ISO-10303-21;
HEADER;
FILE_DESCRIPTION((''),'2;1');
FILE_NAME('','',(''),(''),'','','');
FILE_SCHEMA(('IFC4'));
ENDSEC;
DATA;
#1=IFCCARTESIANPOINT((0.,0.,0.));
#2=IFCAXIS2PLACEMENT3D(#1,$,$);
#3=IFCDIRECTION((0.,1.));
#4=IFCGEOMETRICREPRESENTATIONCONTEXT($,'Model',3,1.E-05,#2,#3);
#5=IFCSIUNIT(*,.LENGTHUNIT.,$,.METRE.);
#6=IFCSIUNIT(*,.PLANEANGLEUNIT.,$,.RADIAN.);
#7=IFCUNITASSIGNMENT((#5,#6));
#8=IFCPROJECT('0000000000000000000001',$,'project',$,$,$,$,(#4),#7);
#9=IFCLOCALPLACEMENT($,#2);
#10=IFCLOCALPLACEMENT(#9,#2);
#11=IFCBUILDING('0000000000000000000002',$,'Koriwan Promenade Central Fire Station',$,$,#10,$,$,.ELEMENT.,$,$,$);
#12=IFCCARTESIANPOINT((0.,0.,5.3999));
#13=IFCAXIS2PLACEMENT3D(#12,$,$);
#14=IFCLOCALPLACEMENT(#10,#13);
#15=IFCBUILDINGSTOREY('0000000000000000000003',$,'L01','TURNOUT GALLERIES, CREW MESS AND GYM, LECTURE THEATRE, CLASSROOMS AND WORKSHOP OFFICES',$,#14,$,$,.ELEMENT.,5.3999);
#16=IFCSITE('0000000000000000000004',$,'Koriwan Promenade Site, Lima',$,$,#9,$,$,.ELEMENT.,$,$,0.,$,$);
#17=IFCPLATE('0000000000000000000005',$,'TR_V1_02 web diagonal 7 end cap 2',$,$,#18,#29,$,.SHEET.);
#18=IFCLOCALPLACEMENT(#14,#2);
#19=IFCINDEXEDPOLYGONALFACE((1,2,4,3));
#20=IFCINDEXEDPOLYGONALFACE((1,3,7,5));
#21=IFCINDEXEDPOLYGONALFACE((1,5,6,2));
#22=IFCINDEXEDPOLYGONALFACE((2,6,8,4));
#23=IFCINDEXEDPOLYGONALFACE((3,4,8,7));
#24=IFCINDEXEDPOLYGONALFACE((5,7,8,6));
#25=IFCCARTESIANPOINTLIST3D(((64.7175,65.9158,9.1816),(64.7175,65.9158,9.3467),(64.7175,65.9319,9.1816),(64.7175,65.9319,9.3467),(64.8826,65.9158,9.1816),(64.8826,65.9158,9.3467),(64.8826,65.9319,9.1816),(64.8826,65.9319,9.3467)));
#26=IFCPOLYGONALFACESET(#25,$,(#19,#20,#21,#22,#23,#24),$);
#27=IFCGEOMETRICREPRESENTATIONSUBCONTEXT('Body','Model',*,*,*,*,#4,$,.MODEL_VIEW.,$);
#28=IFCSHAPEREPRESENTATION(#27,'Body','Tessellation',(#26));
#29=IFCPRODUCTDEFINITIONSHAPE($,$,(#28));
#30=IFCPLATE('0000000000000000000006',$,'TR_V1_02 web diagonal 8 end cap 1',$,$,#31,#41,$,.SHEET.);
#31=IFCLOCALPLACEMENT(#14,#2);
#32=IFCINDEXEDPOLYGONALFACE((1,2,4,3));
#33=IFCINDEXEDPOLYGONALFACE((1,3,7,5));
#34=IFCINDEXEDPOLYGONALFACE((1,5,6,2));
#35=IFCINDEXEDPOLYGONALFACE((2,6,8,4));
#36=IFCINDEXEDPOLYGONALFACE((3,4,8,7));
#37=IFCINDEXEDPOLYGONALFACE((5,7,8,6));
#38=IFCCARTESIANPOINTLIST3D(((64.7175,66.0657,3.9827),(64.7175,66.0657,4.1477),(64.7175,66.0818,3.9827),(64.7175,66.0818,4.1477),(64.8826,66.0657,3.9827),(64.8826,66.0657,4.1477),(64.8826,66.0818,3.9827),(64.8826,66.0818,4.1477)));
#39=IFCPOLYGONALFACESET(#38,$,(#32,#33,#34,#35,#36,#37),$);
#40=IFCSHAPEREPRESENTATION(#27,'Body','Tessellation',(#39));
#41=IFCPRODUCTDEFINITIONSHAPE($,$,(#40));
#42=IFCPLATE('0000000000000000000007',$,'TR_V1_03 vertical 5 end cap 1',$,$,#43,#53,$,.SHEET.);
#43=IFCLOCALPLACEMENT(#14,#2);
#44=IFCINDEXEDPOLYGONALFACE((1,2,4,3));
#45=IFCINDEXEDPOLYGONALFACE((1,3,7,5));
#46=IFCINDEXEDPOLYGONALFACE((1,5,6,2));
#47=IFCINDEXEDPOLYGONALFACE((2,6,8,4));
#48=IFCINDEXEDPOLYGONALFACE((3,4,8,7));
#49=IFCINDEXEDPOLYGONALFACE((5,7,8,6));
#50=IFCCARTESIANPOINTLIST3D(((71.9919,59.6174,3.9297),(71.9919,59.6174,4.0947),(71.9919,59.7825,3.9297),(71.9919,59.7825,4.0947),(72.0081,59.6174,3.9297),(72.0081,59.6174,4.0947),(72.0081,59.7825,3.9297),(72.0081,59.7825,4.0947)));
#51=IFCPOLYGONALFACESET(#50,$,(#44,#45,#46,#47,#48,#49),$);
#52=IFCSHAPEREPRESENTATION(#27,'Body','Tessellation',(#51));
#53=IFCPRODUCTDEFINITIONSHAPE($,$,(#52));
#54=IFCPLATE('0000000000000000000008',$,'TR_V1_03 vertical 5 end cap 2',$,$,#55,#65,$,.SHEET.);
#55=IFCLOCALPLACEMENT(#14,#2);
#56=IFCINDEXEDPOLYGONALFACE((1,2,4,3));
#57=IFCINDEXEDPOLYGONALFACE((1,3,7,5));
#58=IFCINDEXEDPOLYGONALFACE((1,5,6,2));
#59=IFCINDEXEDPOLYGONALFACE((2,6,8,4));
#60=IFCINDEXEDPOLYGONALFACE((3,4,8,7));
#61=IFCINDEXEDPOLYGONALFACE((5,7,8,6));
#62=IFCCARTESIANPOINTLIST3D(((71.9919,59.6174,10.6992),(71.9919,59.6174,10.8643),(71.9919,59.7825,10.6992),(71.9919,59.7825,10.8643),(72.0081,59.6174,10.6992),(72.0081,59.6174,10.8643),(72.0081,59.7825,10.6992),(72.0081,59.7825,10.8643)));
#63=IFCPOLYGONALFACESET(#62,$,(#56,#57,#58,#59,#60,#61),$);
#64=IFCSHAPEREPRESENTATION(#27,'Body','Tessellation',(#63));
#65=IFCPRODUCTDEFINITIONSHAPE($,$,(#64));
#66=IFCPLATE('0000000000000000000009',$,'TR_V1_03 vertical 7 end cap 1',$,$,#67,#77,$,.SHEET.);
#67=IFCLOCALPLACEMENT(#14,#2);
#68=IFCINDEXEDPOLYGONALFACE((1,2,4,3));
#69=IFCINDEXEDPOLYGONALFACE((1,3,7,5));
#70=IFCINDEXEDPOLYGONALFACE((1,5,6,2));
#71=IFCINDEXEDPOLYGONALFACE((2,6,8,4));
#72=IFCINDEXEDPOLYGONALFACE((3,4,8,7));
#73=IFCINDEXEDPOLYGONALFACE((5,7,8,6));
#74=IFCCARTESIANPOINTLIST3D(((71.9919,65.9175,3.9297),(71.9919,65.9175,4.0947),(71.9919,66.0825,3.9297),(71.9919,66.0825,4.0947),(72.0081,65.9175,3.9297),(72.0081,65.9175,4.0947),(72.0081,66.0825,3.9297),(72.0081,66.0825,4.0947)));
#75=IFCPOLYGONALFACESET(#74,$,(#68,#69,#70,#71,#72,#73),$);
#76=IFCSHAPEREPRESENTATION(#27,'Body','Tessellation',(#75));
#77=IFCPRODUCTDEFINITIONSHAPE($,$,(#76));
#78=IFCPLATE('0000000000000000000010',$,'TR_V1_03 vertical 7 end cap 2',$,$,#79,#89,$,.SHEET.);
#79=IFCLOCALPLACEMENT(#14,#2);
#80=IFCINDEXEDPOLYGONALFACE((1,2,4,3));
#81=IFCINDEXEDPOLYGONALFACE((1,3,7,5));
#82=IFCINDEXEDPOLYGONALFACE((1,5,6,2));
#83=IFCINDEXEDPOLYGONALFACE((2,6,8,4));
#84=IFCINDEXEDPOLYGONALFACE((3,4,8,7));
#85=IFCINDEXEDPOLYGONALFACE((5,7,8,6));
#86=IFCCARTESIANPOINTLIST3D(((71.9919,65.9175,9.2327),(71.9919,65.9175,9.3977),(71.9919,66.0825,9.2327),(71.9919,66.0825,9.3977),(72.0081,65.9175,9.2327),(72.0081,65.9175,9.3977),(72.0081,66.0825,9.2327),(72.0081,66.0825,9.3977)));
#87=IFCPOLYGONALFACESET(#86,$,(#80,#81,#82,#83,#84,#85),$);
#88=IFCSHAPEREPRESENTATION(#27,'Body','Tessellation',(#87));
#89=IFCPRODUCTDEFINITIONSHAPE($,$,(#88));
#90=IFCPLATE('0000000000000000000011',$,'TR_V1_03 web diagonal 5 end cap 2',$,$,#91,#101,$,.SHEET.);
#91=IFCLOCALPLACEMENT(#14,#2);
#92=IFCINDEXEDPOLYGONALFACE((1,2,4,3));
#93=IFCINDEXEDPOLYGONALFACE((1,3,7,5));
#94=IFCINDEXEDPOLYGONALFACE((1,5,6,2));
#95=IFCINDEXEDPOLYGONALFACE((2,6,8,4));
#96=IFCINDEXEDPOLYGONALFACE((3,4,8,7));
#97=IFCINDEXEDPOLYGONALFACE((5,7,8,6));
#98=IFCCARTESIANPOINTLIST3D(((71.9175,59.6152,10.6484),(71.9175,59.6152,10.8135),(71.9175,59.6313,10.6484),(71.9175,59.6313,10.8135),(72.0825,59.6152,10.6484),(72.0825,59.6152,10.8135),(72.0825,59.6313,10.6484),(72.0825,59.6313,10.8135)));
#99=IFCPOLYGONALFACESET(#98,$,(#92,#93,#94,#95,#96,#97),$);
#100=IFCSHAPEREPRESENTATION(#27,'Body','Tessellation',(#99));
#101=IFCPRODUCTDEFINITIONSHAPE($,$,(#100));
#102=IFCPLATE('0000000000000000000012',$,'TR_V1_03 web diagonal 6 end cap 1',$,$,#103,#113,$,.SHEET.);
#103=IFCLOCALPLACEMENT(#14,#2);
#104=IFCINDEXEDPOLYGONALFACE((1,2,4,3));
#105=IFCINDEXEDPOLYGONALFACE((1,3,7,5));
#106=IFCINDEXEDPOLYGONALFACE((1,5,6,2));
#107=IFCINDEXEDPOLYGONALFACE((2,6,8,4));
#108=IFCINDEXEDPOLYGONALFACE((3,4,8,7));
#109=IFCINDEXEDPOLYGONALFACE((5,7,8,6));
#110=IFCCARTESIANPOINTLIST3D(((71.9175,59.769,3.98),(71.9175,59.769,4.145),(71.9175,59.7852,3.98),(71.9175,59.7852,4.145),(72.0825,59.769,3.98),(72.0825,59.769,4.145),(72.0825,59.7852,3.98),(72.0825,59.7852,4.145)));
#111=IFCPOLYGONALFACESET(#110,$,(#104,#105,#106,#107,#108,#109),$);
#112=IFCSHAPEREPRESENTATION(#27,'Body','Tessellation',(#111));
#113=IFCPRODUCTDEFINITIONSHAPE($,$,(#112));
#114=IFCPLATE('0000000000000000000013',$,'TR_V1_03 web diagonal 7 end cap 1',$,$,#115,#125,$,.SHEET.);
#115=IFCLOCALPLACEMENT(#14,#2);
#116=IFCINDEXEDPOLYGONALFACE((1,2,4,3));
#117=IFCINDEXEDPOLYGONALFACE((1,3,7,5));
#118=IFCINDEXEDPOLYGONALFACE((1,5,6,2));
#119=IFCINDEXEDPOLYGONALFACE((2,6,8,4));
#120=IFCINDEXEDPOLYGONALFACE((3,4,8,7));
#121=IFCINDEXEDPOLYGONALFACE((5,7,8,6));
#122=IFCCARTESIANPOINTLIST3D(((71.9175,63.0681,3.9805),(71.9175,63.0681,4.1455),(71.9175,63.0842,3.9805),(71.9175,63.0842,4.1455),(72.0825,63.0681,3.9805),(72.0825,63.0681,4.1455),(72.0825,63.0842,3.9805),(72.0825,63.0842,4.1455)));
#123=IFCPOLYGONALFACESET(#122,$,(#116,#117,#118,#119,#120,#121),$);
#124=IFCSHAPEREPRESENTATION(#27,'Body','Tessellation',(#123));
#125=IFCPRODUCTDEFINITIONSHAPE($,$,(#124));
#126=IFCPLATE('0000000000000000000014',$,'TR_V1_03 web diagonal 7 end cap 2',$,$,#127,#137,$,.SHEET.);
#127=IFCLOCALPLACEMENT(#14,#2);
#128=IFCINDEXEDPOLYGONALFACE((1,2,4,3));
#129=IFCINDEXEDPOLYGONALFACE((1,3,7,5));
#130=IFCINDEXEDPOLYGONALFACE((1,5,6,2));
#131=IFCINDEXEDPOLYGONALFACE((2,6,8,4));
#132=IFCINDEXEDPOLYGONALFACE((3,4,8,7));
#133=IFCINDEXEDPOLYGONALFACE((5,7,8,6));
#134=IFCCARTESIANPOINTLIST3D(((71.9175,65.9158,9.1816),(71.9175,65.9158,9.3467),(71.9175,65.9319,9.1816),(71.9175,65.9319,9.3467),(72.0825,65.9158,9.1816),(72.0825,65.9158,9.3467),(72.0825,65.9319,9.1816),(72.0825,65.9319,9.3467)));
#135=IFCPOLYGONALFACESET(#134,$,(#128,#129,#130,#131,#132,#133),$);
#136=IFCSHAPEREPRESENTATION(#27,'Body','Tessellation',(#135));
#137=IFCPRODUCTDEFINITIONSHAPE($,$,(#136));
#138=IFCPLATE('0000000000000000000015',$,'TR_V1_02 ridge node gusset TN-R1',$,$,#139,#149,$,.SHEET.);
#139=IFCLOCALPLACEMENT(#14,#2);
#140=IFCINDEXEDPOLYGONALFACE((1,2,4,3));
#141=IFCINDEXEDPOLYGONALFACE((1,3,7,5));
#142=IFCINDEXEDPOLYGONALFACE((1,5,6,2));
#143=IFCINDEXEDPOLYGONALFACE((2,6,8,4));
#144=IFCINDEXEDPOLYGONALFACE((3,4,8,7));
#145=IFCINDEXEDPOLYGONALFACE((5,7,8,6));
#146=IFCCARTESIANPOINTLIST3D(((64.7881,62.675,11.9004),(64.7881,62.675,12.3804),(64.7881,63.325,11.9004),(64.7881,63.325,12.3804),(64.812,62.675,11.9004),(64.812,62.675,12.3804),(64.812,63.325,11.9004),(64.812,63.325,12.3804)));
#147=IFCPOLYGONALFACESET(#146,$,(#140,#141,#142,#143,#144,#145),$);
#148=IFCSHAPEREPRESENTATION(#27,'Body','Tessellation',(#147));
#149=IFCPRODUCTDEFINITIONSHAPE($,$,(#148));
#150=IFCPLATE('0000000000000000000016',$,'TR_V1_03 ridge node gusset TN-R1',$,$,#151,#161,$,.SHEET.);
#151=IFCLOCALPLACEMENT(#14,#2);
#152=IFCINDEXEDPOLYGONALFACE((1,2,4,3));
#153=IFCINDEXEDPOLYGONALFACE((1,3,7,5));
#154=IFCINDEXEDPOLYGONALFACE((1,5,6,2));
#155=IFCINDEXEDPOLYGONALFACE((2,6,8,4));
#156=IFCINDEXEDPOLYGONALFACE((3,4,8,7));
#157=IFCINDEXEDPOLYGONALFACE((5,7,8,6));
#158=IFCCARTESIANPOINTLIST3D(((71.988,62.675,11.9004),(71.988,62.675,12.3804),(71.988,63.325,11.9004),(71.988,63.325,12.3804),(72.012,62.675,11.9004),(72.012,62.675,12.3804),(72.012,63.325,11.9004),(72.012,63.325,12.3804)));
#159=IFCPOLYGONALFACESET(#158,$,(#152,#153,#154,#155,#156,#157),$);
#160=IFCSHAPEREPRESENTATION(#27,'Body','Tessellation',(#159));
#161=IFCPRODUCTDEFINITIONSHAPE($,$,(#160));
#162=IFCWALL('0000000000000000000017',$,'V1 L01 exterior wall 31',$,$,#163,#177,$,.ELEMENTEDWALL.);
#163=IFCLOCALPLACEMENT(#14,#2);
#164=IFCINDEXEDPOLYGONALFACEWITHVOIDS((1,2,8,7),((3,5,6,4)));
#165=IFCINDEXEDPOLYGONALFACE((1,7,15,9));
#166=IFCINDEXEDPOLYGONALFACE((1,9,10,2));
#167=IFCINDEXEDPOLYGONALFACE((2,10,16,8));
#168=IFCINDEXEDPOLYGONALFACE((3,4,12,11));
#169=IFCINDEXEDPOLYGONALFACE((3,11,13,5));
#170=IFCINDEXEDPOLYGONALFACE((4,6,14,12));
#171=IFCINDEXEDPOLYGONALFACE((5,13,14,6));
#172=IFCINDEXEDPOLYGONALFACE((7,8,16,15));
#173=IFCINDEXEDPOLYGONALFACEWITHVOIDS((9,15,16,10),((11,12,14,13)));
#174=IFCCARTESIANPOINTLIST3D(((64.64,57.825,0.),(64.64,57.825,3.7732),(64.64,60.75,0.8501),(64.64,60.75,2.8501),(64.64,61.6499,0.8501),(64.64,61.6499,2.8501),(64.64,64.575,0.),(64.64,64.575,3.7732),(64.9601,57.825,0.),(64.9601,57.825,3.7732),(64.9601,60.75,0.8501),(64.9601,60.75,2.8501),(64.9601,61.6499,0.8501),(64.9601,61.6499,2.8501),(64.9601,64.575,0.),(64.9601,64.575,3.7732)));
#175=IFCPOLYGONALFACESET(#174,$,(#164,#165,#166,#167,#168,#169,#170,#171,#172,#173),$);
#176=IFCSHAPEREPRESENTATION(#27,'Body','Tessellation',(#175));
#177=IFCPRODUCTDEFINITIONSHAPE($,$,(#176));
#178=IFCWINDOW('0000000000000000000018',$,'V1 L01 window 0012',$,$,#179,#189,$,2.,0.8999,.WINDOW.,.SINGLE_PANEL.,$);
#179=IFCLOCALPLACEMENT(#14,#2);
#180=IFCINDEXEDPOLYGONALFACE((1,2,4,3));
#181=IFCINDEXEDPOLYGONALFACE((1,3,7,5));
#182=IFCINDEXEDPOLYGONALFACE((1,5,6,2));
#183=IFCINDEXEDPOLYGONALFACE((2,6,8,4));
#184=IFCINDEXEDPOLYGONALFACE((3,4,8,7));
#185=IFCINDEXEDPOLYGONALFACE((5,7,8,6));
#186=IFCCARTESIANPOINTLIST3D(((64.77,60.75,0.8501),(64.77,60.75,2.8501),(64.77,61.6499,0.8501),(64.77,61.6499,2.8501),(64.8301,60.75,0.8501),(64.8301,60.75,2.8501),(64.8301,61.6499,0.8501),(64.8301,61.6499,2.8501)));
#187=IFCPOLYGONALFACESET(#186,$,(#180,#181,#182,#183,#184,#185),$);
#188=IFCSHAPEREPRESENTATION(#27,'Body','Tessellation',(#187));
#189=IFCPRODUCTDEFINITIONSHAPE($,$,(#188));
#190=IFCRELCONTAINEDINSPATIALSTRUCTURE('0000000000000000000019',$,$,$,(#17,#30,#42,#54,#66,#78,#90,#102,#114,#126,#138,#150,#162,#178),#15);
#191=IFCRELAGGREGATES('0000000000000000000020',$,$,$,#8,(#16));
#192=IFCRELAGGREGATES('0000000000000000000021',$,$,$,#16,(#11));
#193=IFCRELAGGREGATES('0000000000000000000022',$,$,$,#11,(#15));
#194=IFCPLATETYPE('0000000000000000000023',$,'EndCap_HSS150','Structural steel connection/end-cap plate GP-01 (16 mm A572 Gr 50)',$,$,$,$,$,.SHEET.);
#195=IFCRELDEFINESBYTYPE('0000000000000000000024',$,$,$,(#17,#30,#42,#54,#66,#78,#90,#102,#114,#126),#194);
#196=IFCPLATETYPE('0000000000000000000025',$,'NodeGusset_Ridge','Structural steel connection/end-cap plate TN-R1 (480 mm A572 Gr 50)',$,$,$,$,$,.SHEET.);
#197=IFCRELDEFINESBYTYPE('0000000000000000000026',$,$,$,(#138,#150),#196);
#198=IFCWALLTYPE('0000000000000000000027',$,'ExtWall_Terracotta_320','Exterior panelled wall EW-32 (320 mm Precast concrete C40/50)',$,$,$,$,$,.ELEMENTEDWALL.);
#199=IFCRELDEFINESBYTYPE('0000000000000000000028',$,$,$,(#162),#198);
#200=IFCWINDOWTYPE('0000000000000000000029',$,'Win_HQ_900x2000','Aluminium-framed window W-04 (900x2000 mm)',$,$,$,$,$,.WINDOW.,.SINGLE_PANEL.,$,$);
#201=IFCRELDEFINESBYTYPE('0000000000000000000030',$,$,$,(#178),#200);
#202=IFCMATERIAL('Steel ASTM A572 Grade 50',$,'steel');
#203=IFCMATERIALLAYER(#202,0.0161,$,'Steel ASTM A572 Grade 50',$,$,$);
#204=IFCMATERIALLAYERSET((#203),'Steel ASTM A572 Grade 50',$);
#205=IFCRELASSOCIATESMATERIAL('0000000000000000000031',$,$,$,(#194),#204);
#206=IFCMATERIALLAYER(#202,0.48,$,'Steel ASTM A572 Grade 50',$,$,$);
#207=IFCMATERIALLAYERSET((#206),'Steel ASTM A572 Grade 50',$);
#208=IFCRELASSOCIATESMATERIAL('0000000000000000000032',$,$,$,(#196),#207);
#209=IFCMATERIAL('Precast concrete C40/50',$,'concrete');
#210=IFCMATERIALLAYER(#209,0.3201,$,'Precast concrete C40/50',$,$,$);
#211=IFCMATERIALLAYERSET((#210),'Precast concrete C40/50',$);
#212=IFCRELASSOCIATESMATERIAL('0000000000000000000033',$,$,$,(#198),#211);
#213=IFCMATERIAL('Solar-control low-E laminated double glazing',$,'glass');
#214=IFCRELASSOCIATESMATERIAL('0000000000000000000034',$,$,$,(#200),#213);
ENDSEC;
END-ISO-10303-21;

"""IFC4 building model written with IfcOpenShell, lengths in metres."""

from ifc_helpers import new_model, si_unit, direction, frame, frame_2d, origin, origin_2d, place, context, subcontext, project, spatial, rectangle, extrude, material, layer, layer_set, type_object, element, fill, save


model = new_model("IFC4")

# Units and contexts
model_context = context("Model", 3, precision=1e-05, world=origin(), true_north=direction((0.0, 1.0)))
body_context = subcontext(model_context, "Body", "Model", "MODEL_VIEW")
ifc_project = project(units=[si_unit("LENGTHUNIT", "METRE"), si_unit("PLANEANGLEUNIT", "RADIAN")], contexts=[model_context])

# Site, building, storey
site_placement = place(None, origin())
site = spatial("IfcSite", under=ifc_project, at=site_placement, Name="Koriwan Promenade Site, Lima", CompositionType="ELEMENT", RefElevation=0.0)
building_placement = place(site_placement, origin())
building = spatial("IfcBuilding", under=site, at=building_placement, Name="Koriwan Promenade Central Fire Station", CompositionType="ELEMENT")
storey_placement = place(building_placement, frame((0.0, 0.0, 5.3999)))
storey = spatial("IfcBuildingStorey", under=building, at=storey_placement, Name="L01", Description="TURNOUT GALLERIES, CREW MESS AND GYM, LECTURE THEATRE, CLASSROOMS AND WORKSHOP OFFICES", CompositionType="ELEMENT", Elevation=5.3999)

# Plates
ifc_material_1 = material(Name="Steel ASTM A572 Grade 50", Category="steel")
ifc_layer_1 = layer(ifc_material_1, 0.0161, Name="Steel ASTM A572 Grade 50")
ifc_layer_set_1 = layer_set([ifc_layer_1], Name="Steel ASTM A572 Grade 50")
plate_type_1 = type_object("IfcPlateType", Name="EndCap_HSS150", Description="Structural steel connection/end-cap plate GP-01 (16 mm A572 Gr 50)", PredefinedType="SHEET", material=ifc_layer_set_1)
for number, where, z_axis, x_axis, name in (
    (1, (64.8, 65.9238, 9.1816), (0.0, 0.0, 1.0), (0.0, 1.0, 0.0), "TR_V1_02 web diagonal 7 end cap 2"),
    (2, (64.8, 66.0737, 3.9827), (0.0, 0.0, 1.0), (0.0, 1.0, 0.0), "TR_V1_02 web diagonal 8 end cap 1"),
    (3, (72.0, 59.7, 3.9297), (0.0, 0.0, 1.0), (1.0, 0.0, 0.0), "TR_V1_03 vertical 5 end cap 1"),
    (4, (72.0, 59.7, 10.6992), (0.0, 0.0, 1.0), (1.0, 0.0, 0.0), "TR_V1_03 vertical 5 end cap 2"),
    (5, (72.0, 66.0, 3.9297), (0.0, 0.0, 1.0), (1.0, 0.0, 0.0), "TR_V1_03 vertical 7 end cap 1"),
    (6, (72.0, 66.0, 9.2327), (0.0, 0.0, 1.0), (1.0, 0.0, 0.0), "TR_V1_03 vertical 7 end cap 2"),
    (7, (72.0, 59.6233, 10.6484), (0.0, 0.0, 1.0), (0.0, 1.0, 0.0), "TR_V1_03 web diagonal 5 end cap 2"),
    (8, (72.0, 59.7771, 3.98), (0.0, 0.0, 1.0), (0.0, 1.0, 0.0), "TR_V1_03 web diagonal 6 end cap 1"),
    (9, (72.0, 63.0762, 3.9805), (0.0, 0.0, 1.0), (0.0, 1.0, 0.0), "TR_V1_03 web diagonal 7 end cap 1"),
    (10, (72.0, 65.9238, 9.1816), (0.0, 0.0, 1.0), (0.0, 1.0, 0.0), "TR_V1_03 web diagonal 7 end cap 2"),
):
    element("IfcPlate", number, at=place(storey_placement, frame(where, z_axis=z_axis, x_axis=x_axis)), inside=storey, type_object=plate_type_1, Name=name, PredefinedType="SHEET", context=body_context, shape_type="SweptSolid", body=[
        extrude(rectangle(XDim=0.0161, YDim=0.165, at=origin_2d()), origin(), (0.0, 0.0, 1.0), 0.165),
    ])
ifc_layer_2 = layer(ifc_material_1, 0.48, Name="Steel ASTM A572 Grade 50")
ifc_layer_set_2 = layer_set([ifc_layer_2], Name="Steel ASTM A572 Grade 50")
plate_type_2 = type_object("IfcPlateType", Name="NodeGusset_Ridge", Description="Structural steel connection/end-cap plate TN-R1 (480 mm A572 Gr 50)", PredefinedType="SHEET", material=ifc_layer_set_2)
for number, where, z_axis, x_axis, name in (
    (11, (64.8, 63.0, 11.9004), (0.0, 0.0, 1.0), (1.0, 0.0, 0.0), "TR_V1_02 ridge node gusset TN-R1"),
    (12, (72.0, 63.0, 11.9004), (0.0, 0.0, 1.0), (1.0, 0.0, 0.0), "TR_V1_03 ridge node gusset TN-R1"),
):
    element("IfcPlate", number, at=place(storey_placement, frame(where, z_axis=z_axis, x_axis=x_axis)), inside=storey, type_object=plate_type_2, Name=name, PredefinedType="SHEET", context=body_context, shape_type="SweptSolid", body=[
        extrude(rectangle(XDim=0.0239, YDim=0.6499, at=origin_2d()), origin(), (0.0, 0.0, 1.0), 0.48),
    ])

# Wall, opening, window
ifc_material_2 = material(Name="Precast concrete C40/50", Category="concrete")
ifc_layer_3 = layer(ifc_material_2, 0.3201, Name="Precast concrete C40/50")
ifc_layer_set_3 = layer_set([ifc_layer_3], Name="Precast concrete C40/50")
wall_type = type_object("IfcWallType", Name="ExtWall_Terracotta_320", Description="Exterior panelled wall EW-32 (320 mm Precast concrete C40/50)", PredefinedType="ELEMENTEDWALL", material=ifc_layer_set_3)
wall_placement = place(storey_placement, frame((64.8, 64.575, 0.0), z_axis=(0.0, 0.0, 1.0), x_axis=(0.0, -1.0, 0.0)))
wall = element("IfcWall", 13, at=wall_placement, inside=storey, type_object=wall_type, Name="V1 L01 exterior wall 31", PredefinedType="ELEMENTEDWALL", context=body_context, shape_type="SweptSolid", body=[
    extrude(rectangle(XDim=6.75, YDim=0.3201, at=frame_2d((3.375, 0.0))), origin(), (0.0, 0.0, 1.0), 3.7732),
])
opening_placement = place(wall_placement, frame((2.925, 0.0, 0.8501)))
opening = element("IfcOpeningElement", 14, at=opening_placement, cuts=wall, PredefinedType="OPENING", context=body_context, shape_type="SweptSolid", body=[
    extrude(rectangle(XDim=0.8999, YDim=2.0, at=frame_2d((0.45, 1.0))), frame((0.0, 0.1719, 0.0), z_axis=(0.0, -1.0, 0.0), x_axis=(1.0, 0.0, 0.0)), (0.0, 0.0, 1.0), 0.344),
])
ifc_material_3 = material(Name="Solar-control low-E laminated double glazing", Category="glass")
window_type = type_object("IfcWindowType", Name="Win_HQ_900x2000", Description="Aluminium-framed window W-04 (900x2000 mm)", PartitioningType="SINGLE_PANEL", PredefinedType="WINDOW", material=ifc_material_3)
window_placement = place(opening_placement, origin())
window = element("IfcWindow", 15, at=window_placement, inside=storey, type_object=window_type, Name="V1 L01 window 0012", OverallHeight=2.0, OverallWidth=0.8999, PartitioningType="SINGLE_PANEL", PredefinedType="WINDOW", context=body_context, shape_type="SweptSolid", body=[
    extrude(rectangle(XDim=0.8999, YDim=2.0, at=frame_2d((0.45, 1.0))), frame((0.0, 0.03, 0.0), z_axis=(0.0, -1.0, 0.0), x_axis=(1.0, 0.0, 0.0)), (0.0, 0.0, 1.0), 0.0601),
])
fill(opening, window)

save(model, "model.ifc")
